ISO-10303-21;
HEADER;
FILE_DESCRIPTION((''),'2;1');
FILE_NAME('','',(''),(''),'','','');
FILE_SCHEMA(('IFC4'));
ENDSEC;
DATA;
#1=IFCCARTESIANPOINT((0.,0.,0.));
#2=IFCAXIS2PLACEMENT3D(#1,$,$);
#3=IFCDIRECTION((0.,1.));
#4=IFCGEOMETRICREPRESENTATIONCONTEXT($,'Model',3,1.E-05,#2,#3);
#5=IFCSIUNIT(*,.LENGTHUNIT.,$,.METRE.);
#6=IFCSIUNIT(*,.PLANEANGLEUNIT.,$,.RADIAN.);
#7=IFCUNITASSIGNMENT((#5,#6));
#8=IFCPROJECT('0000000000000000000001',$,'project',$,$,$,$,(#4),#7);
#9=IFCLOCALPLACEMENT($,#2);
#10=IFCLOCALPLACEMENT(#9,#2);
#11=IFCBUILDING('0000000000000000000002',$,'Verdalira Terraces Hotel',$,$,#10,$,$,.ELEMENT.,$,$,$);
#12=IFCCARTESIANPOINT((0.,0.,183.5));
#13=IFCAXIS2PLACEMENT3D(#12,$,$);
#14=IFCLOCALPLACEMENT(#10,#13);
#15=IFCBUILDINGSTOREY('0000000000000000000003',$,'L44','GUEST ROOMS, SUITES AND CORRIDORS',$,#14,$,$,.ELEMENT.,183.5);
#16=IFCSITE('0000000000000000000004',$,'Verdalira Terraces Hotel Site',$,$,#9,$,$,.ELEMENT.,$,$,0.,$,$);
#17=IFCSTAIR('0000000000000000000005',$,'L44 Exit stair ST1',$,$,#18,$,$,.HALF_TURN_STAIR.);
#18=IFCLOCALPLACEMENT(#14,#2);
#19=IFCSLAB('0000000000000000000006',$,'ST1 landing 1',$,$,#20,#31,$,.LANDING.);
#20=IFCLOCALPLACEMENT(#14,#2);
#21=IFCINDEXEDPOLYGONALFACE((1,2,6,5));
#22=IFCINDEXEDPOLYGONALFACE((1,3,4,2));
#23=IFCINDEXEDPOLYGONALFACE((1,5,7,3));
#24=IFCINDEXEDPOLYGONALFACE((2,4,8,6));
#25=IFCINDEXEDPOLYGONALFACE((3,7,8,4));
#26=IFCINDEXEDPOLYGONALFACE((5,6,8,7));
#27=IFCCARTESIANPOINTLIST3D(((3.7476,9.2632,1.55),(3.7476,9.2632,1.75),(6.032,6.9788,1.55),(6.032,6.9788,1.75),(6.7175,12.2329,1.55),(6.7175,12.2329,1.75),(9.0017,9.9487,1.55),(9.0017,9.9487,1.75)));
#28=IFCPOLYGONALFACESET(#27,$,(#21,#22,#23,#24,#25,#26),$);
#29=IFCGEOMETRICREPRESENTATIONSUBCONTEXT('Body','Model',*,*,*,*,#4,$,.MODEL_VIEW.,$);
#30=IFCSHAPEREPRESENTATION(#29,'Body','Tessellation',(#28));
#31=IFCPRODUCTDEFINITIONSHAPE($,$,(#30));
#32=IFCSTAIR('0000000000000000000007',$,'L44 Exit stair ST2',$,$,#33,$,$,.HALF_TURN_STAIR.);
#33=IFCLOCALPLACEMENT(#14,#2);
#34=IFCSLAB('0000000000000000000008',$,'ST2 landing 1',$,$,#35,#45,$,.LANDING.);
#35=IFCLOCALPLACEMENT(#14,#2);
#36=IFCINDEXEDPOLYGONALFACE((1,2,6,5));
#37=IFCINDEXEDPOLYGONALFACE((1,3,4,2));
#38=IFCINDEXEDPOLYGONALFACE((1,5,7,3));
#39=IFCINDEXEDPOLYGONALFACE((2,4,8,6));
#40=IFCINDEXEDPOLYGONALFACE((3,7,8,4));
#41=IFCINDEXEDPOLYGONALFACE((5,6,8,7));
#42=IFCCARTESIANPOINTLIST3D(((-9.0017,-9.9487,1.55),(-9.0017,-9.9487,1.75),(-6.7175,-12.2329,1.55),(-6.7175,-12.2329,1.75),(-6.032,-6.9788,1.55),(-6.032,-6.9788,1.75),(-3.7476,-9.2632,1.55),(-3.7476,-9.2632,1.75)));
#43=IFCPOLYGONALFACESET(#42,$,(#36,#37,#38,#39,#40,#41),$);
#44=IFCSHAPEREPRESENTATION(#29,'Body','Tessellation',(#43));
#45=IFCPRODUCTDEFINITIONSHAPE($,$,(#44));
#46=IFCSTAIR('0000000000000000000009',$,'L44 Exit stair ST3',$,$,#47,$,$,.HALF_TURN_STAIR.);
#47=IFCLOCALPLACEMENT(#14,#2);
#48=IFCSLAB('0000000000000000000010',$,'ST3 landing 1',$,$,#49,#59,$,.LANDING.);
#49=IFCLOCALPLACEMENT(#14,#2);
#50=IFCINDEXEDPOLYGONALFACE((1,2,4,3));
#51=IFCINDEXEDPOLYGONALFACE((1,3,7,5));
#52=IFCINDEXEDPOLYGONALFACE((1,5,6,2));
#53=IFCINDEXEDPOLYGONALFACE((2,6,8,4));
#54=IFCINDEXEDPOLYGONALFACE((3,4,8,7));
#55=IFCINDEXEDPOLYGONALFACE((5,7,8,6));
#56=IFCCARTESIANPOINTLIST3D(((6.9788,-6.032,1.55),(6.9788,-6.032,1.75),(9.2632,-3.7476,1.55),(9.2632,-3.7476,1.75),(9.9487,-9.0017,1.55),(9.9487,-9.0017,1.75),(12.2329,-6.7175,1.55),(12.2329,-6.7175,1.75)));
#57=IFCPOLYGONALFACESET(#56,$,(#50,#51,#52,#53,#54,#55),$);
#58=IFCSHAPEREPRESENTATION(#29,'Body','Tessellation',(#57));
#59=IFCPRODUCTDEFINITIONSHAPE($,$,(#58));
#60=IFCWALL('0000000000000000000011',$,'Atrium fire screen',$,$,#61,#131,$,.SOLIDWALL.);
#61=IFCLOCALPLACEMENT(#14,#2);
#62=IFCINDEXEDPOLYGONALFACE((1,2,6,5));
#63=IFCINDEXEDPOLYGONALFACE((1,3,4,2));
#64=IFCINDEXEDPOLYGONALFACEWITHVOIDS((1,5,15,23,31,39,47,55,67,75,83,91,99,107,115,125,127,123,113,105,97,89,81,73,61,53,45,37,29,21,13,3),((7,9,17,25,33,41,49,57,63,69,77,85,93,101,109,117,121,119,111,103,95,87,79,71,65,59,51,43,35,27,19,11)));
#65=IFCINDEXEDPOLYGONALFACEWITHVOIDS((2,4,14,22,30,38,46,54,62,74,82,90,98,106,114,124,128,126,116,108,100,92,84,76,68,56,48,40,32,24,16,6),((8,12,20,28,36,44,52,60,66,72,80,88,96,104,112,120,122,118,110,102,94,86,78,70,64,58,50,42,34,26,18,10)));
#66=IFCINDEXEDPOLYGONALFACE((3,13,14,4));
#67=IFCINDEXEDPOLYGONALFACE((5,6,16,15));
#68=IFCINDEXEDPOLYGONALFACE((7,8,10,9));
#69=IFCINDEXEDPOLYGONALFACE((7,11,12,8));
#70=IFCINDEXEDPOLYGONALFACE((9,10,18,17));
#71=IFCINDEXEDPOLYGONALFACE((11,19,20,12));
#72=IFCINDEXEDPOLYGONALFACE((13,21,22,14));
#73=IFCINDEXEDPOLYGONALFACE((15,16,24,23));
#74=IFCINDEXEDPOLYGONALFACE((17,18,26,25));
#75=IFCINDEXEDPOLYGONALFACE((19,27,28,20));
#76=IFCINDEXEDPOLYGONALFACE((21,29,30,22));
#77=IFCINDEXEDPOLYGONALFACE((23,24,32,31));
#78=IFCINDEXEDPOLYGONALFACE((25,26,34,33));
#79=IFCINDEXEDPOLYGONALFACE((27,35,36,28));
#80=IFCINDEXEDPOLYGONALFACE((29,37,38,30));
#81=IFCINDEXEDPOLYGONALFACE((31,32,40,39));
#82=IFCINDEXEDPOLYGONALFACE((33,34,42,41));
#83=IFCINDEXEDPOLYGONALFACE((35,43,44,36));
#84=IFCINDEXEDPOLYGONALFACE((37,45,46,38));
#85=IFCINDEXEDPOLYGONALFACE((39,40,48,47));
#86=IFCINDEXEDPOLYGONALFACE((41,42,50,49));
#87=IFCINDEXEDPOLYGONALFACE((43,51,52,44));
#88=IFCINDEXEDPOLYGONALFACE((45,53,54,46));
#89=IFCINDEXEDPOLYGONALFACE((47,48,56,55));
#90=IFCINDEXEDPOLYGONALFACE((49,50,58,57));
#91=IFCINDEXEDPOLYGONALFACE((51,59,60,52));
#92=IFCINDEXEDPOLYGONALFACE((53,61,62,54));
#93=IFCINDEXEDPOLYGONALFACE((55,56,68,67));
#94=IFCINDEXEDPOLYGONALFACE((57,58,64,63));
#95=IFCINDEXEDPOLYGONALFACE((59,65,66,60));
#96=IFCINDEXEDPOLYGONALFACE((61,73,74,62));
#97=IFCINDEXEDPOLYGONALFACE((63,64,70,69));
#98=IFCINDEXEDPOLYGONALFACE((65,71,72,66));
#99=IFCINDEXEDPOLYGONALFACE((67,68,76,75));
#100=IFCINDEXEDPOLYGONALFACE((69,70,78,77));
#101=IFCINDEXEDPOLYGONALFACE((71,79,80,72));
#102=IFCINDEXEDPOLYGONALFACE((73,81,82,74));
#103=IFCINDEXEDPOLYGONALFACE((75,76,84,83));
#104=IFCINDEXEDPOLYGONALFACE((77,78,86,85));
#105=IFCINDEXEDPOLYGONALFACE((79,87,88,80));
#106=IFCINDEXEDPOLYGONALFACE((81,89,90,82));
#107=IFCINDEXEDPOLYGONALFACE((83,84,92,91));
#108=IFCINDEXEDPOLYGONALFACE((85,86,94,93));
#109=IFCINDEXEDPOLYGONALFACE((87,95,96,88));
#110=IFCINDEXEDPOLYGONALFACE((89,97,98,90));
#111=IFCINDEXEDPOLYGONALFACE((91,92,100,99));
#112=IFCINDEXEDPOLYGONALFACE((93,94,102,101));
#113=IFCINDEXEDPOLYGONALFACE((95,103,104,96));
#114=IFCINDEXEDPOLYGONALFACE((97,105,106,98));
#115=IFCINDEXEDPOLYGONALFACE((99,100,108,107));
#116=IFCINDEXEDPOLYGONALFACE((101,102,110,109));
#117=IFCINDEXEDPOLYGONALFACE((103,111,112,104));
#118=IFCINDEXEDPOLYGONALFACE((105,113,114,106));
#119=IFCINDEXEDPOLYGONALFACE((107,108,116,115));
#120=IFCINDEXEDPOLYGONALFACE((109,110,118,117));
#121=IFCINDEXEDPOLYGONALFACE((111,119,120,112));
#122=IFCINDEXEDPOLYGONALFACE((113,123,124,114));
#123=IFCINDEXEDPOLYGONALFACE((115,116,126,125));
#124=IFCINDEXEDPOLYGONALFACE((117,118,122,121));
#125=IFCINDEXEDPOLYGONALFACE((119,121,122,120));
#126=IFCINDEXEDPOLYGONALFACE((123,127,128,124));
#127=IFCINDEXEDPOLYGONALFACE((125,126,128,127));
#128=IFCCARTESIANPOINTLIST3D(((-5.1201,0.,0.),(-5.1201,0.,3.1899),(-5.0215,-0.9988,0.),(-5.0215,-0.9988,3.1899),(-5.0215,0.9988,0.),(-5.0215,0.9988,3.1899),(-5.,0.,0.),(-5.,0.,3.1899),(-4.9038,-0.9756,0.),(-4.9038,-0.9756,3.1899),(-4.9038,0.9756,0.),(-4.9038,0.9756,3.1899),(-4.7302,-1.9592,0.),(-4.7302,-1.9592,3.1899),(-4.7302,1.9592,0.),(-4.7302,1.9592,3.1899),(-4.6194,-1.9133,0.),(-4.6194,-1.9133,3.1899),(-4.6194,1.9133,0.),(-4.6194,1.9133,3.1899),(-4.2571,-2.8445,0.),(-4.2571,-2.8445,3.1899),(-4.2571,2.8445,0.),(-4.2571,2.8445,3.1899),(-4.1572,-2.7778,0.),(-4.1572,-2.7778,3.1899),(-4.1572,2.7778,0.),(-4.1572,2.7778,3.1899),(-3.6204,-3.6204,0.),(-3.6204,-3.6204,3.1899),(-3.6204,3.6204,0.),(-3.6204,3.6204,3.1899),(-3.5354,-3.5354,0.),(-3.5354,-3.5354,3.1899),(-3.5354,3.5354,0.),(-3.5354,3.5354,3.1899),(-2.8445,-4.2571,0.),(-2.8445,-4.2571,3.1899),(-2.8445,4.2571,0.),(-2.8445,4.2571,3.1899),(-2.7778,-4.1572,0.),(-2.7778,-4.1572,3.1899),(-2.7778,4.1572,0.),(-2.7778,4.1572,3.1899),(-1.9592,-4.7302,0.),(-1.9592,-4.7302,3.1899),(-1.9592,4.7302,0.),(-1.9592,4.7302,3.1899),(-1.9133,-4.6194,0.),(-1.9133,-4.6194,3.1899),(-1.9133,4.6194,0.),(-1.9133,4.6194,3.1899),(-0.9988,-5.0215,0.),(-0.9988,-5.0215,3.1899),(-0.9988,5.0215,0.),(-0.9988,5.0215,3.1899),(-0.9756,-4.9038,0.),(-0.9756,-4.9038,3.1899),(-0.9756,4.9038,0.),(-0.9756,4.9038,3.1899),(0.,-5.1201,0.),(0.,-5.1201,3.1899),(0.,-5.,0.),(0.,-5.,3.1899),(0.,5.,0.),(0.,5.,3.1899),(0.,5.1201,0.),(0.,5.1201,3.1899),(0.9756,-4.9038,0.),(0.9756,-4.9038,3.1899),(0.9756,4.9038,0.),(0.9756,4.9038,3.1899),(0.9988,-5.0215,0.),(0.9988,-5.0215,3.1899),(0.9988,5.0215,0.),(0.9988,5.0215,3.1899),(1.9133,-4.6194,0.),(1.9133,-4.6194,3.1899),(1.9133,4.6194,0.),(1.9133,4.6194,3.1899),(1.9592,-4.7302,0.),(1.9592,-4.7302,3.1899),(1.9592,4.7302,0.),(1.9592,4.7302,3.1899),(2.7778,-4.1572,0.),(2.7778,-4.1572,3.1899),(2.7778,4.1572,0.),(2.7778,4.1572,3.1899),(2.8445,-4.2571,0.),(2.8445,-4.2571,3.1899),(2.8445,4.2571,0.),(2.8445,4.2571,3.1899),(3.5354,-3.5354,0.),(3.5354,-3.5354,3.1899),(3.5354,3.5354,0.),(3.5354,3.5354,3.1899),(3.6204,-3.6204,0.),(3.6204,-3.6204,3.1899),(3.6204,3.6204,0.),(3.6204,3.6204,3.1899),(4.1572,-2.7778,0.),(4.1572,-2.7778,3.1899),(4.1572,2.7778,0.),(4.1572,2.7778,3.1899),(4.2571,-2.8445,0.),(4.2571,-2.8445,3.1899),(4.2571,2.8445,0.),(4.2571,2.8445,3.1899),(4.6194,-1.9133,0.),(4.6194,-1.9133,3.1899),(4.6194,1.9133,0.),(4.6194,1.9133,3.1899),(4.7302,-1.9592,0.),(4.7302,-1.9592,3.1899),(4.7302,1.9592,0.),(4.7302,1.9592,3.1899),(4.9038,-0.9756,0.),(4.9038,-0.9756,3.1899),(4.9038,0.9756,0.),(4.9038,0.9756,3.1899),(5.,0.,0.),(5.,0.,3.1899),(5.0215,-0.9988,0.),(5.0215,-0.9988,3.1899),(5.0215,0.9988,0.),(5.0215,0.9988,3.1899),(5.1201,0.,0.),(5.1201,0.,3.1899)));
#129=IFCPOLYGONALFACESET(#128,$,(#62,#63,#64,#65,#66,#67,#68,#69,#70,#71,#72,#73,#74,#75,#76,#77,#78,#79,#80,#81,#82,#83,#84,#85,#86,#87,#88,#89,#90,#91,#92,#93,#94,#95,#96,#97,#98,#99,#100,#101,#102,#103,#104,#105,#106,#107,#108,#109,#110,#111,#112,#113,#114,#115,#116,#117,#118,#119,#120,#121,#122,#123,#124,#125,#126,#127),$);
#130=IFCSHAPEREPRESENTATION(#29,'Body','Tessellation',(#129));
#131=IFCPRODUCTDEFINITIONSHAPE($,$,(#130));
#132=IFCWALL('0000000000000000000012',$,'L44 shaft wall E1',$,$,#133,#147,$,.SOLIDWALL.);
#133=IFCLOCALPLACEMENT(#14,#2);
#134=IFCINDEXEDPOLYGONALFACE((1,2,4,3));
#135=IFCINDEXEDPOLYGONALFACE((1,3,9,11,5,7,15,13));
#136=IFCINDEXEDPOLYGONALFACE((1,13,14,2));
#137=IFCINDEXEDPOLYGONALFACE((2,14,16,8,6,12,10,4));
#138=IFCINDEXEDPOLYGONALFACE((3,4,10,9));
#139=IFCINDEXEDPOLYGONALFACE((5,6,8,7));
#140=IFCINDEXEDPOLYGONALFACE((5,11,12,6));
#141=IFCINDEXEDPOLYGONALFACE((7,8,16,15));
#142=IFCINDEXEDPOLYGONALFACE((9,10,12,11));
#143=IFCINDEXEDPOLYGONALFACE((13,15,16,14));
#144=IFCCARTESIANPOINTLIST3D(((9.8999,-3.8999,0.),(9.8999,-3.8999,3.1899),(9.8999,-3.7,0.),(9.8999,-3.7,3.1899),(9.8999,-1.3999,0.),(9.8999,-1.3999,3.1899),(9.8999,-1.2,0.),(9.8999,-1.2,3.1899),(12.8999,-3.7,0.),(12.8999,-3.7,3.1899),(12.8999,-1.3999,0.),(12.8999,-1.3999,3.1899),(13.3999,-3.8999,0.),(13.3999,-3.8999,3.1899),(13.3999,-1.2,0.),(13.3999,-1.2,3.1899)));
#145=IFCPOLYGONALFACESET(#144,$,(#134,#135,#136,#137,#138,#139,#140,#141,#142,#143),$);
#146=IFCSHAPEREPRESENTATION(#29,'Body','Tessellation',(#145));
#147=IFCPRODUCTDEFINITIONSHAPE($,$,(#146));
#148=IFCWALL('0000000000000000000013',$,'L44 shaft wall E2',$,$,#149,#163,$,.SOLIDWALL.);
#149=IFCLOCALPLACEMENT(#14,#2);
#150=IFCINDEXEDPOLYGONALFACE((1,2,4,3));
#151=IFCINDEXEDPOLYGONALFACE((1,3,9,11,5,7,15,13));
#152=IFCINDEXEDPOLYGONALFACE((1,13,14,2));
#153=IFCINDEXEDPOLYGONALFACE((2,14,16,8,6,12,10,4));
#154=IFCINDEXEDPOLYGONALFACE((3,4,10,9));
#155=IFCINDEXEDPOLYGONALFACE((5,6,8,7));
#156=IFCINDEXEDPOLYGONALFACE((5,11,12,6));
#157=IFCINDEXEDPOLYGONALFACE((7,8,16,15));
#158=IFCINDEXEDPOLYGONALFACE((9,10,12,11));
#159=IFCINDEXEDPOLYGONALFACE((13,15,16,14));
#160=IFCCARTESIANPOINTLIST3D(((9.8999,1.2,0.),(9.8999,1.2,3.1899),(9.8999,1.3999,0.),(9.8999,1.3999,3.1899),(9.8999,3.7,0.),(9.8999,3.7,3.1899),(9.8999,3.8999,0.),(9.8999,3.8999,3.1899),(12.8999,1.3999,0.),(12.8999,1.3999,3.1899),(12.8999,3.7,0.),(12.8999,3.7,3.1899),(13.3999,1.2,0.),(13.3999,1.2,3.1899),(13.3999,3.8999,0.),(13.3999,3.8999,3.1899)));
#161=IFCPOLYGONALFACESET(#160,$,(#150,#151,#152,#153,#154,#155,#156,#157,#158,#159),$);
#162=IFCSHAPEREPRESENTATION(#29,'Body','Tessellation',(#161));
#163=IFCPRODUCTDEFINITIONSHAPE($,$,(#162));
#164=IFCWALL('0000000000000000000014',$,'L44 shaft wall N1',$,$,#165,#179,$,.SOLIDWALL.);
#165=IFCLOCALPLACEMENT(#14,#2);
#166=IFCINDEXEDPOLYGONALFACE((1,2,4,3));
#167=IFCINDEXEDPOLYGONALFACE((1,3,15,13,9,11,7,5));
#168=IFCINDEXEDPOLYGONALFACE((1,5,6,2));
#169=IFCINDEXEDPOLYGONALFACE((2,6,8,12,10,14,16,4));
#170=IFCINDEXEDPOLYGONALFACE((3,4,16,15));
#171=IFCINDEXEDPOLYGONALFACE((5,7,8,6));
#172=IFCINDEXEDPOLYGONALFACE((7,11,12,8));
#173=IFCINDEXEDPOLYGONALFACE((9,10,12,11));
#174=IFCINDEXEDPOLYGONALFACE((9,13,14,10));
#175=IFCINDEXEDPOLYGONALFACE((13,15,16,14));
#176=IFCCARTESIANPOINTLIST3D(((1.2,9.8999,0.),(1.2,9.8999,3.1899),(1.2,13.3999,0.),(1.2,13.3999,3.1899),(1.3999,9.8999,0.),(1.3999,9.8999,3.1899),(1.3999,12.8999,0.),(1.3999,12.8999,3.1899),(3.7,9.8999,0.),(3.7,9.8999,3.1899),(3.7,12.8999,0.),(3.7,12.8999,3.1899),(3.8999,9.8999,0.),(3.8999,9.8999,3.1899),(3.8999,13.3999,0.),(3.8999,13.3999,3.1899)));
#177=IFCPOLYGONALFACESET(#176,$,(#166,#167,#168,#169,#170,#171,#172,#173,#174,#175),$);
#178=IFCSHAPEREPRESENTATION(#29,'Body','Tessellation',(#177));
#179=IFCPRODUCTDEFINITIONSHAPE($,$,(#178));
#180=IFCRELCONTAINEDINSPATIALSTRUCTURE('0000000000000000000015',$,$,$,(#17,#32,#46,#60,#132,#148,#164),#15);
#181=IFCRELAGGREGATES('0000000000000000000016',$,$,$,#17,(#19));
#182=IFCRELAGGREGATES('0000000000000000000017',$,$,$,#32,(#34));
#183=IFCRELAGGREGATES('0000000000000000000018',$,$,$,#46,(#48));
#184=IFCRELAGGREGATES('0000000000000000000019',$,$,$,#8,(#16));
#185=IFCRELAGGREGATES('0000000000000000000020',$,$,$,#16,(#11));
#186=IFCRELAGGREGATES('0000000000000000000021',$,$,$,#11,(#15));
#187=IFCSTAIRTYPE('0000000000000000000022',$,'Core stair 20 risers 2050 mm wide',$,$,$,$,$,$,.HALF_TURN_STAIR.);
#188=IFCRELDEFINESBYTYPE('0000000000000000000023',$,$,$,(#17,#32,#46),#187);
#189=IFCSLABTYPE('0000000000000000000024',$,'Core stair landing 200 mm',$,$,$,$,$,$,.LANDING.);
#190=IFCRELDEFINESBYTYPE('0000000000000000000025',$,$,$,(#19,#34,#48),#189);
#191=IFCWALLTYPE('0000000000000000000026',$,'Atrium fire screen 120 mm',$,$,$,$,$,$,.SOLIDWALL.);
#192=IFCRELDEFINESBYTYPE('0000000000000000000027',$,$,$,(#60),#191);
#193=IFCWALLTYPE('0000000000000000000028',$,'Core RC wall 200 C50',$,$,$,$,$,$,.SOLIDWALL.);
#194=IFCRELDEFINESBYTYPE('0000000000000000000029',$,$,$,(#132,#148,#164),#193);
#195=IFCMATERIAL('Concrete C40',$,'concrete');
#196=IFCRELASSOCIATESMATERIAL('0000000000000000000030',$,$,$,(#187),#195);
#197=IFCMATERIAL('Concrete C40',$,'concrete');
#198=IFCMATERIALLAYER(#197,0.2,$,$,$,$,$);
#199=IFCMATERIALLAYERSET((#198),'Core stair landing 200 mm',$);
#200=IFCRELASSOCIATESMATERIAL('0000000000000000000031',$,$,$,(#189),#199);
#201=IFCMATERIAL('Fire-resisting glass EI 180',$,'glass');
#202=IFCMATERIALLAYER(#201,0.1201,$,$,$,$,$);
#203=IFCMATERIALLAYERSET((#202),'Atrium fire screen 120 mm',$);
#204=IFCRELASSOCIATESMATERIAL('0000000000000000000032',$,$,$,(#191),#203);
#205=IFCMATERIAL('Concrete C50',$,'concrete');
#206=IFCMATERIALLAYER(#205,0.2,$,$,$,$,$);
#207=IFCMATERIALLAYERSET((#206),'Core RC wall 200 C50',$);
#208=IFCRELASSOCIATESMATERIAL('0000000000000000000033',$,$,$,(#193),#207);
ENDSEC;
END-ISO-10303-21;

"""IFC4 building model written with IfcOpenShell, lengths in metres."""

from ifc_helpers import new_model, si_unit, direction, frame, origin, place, context, subcontext, project, spatial, polyline, outline, extrude, material, layer, layer_set, type_object, element, aggregate, save


model = new_model("IFC4")

# Units and contexts
model_context = context("Model", 3, precision=1e-05, world=origin(), true_north=direction((0.0, 1.0)))
body_context = subcontext(model_context, "Body", "Model", "MODEL_VIEW")
ifc_project = project(units=[si_unit("LENGTHUNIT", "METRE"), si_unit("PLANEANGLEUNIT", "RADIAN")], contexts=[model_context])

# Site, building, storey
site_placement = place(None, origin())
site = spatial("IfcSite", under=ifc_project, at=site_placement, Name="Verdalira Terraces Hotel Site", CompositionType="ELEMENT", RefElevation=0.0)
building_placement = place(site_placement, origin())
building = spatial("IfcBuilding", under=site, at=building_placement, Name="Verdalira Terraces Hotel", CompositionType="ELEMENT")
storey_placement = place(building_placement, frame((0.0, 0.0, 183.5)))
storey = spatial("IfcBuildingStorey", under=building, at=storey_placement, Name="L44", Description="GUEST ROOMS, SUITES AND CORRIDORS", CompositionType="ELEMENT", Elevation=183.5)

# Stairs, slabs
ifc_material_1 = material(Name="Concrete C40", Category="concrete")
stair_type = type_object("IfcStairType", Name="Core stair 20 risers 2050 mm wide", PredefinedType="HALF_TURN_STAIR", material=ifc_material_1)
stair_1_placement = place(storey_placement, origin())
stair_1 = element("IfcStair", 1, at=stair_1_placement, inside=storey, type_object=stair_type, Name="L44 Exit stair ST1", PredefinedType="HALF_TURN_STAIR")
ifc_material_2 = material(Name="Concrete C40", Category="concrete")
ifc_layer_1 = layer(ifc_material_2, 0.2)
ifc_layer_set_1 = layer_set([ifc_layer_1], Name="Core stair landing 200 mm")
slab_type_1 = type_object("IfcSlabType", Name="Core stair landing 200 mm", PredefinedType="LANDING", material=ifc_layer_set_1)
slab_1_placement = place(storey_placement, frame((0.0, 0.0, 1.55)))
slab_1 = element("IfcSlab", 2, at=slab_1_placement, type_object=slab_type_1, Name="ST1 landing 1", PredefinedType="LANDING", context=body_context, shape_type="SweptSolid", body=[
    extrude(outline(polyline([(9.0017, 9.9487), (6.7175, 12.2329), (3.7476, 9.2632), (6.032, 6.9788), (9.0017, 9.9487)])), origin(), (0.0, 0.0, 1.0), 0.2),
])
aggregate(stair_1, [slab_1])
stair_2_placement = place(storey_placement, origin())
stair_2 = element("IfcStair", 3, at=stair_2_placement, inside=storey, type_object=stair_type, Name="L44 Exit stair ST2", PredefinedType="HALF_TURN_STAIR")
slab_2_placement = place(storey_placement, frame((0.0, 0.0, 1.55)))
slab_2 = element("IfcSlab", 4, at=slab_2_placement, type_object=slab_type_1, Name="ST2 landing 1", PredefinedType="LANDING", context=body_context, shape_type="SweptSolid", body=[
    extrude(outline(polyline([(-9.0017, -9.9487), (-6.7175, -12.2329), (-3.7476, -9.2632), (-6.032, -6.9788), (-9.0017, -9.9487)])), origin(), (0.0, 0.0, 1.0), 0.2),
])
aggregate(stair_2, [slab_2])
stair_3_placement = place(storey_placement, origin())
stair_3 = element("IfcStair", 5, at=stair_3_placement, inside=storey, type_object=stair_type, Name="L44 Exit stair ST3", PredefinedType="HALF_TURN_STAIR")
slab_3_placement = place(storey_placement, frame((0.0, 0.0, 1.55)))
slab_3 = element("IfcSlab", 6, at=slab_3_placement, type_object=slab_type_1, Name="ST3 landing 1", PredefinedType="LANDING", context=body_context, shape_type="SweptSolid", body=[
    extrude(outline(polyline([(9.9487, -9.0017), (12.2329, -6.7175), (9.2632, -3.7476), (6.9788, -6.032), (9.9487, -9.0017)])), origin(), (0.0, 0.0, 1.0), 0.2),
])
aggregate(stair_3, [slab_3])

# Walls
ifc_material_3 = material(Name="Fire-resisting glass EI 180", Category="glass")
ifc_layer_2 = layer(ifc_material_3, 0.1201)
ifc_layer_set_2 = layer_set([ifc_layer_2], Name="Atrium fire screen 120 mm")
wall_type_1 = type_object("IfcWallType", Name="Atrium fire screen 120 mm", PredefinedType="SOLIDWALL", material=ifc_layer_set_2)
wall_1_placement = place(storey_placement, origin())
element("IfcWall", 7, at=wall_1_placement, inside=storey, type_object=wall_type_1, Name="Atrium fire screen", PredefinedType="SOLIDWALL", context=body_context, shape_type="SweptSolid", body=[
    extrude(outline(polyline([(5.0215, -0.9988), (4.7302, -1.9592), (4.2571, -2.8445), (3.6204, -3.6204), (2.8445, -4.2571), (1.9592, -4.7302), (0.9988, -5.0215), (0.0, -5.1201), (-0.9988, -5.0215), (-1.9592, -4.7302), (-2.8445, -4.2571), (-3.6204, -3.6204), (-4.2571, -2.8445), (-4.7302, -1.9592), (-5.0215, -0.9988), (-5.1201, 0.0), (-5.0215, 0.9988), (-4.7302, 1.9592), (-4.2571, 2.8445), (-3.6204, 3.6204), (-2.8445, 4.2571), (-1.9592, 4.7302), (-0.9988, 5.0215), (0.0, 5.1201), (0.9988, 5.0215), (1.9592, 4.7302), (2.8445, 4.2571), (3.6204, 3.6204), (4.2571, 2.8445), (4.7302, 1.9592), (5.0215, 0.9988), (5.1201, 0.0), (5.0215, -0.9988)]), holes=[polyline([(4.9038, 0.9756), (4.6194, 1.9133), (4.1572, 2.7778), (3.5354, 3.5354), (2.7778, 4.1572), (1.9133, 4.6194), (0.9756, 4.9038), (0.0, 5.0), (-0.9756, 4.9038), (-1.9133, 4.6194), (-2.7778, 4.1572), (-3.5354, 3.5354), (-4.1572, 2.7778), (-4.6194, 1.9133), (-4.9038, 0.9756), (-5.0, 0.0), (-4.9038, -0.9756), (-4.6194, -1.9133), (-4.1572, -2.7778), (-3.5354, -3.5354), (-2.7778, -4.1572), (-1.9133, -4.6194), (-0.9756, -4.9038), (0.0, -5.0), (0.9756, -4.9038), (1.9133, -4.6194), (2.7778, -4.1572), (3.5354, -3.5354), (4.1572, -2.7778), (4.6194, -1.9133), (4.9038, -0.9756), (5.0, 0.0), (4.9038, 0.9756)])]), origin(), (0.0, 0.0, 1.0), 3.1899),
])
ifc_material_4 = material(Name="Concrete C50", Category="concrete")
ifc_layer_3 = layer(ifc_material_4, 0.2)
ifc_layer_set_3 = layer_set([ifc_layer_3], Name="Core RC wall 200 C50")
wall_type_2 = type_object("IfcWallType", Name="Core RC wall 200 C50", PredefinedType="SOLIDWALL", material=ifc_layer_set_3)
wall_2_placement = place(storey_placement, origin())
element("IfcWall", 8, at=wall_2_placement, inside=storey, type_object=wall_type_2, Name="L44 shaft wall E1", PredefinedType="SOLIDWALL", context=body_context, shape_type="SweptSolid", body=[
    extrude(outline(polyline([(13.3999, -3.8999), (9.8999, -3.8999), (9.8999, -3.7), (12.8999, -3.7), (12.8999, -1.3999), (9.8999, -1.3999), (9.8999, -1.2), (13.3999, -1.2), (13.3999, -3.8999)])), origin(), (0.0, 0.0, 1.0), 3.1899),
])
wall_3_placement = place(storey_placement, origin())
element("IfcWall", 9, at=wall_3_placement, inside=storey, type_object=wall_type_2, Name="L44 shaft wall E2", PredefinedType="SOLIDWALL", context=body_context, shape_type="SweptSolid", body=[
    extrude(outline(polyline([(13.3999, 3.8999), (13.3999, 1.2), (9.8999, 1.2), (9.8999, 1.3999), (12.8999, 1.3999), (12.8999, 3.7), (9.8999, 3.7), (9.8999, 3.8999), (13.3999, 3.8999)])), origin(), (0.0, 0.0, 1.0), 3.1899),
])
wall_4_placement = place(storey_placement, origin())
element("IfcWall", 10, at=wall_4_placement, inside=storey, type_object=wall_type_2, Name="L44 shaft wall N1", PredefinedType="SOLIDWALL", context=body_context, shape_type="SweptSolid", body=[
    extrude(outline(polyline([(3.8999, 9.8999), (3.7, 9.8999), (3.7, 12.8999), (1.3999, 12.8999), (1.3999, 9.8999), (1.2, 9.8999), (1.2, 13.3999), (3.8999, 13.3999), (3.8999, 9.8999)])), origin(), (0.0, 0.0, 1.0), 3.1899),
])

save(model, "model.ifc")
